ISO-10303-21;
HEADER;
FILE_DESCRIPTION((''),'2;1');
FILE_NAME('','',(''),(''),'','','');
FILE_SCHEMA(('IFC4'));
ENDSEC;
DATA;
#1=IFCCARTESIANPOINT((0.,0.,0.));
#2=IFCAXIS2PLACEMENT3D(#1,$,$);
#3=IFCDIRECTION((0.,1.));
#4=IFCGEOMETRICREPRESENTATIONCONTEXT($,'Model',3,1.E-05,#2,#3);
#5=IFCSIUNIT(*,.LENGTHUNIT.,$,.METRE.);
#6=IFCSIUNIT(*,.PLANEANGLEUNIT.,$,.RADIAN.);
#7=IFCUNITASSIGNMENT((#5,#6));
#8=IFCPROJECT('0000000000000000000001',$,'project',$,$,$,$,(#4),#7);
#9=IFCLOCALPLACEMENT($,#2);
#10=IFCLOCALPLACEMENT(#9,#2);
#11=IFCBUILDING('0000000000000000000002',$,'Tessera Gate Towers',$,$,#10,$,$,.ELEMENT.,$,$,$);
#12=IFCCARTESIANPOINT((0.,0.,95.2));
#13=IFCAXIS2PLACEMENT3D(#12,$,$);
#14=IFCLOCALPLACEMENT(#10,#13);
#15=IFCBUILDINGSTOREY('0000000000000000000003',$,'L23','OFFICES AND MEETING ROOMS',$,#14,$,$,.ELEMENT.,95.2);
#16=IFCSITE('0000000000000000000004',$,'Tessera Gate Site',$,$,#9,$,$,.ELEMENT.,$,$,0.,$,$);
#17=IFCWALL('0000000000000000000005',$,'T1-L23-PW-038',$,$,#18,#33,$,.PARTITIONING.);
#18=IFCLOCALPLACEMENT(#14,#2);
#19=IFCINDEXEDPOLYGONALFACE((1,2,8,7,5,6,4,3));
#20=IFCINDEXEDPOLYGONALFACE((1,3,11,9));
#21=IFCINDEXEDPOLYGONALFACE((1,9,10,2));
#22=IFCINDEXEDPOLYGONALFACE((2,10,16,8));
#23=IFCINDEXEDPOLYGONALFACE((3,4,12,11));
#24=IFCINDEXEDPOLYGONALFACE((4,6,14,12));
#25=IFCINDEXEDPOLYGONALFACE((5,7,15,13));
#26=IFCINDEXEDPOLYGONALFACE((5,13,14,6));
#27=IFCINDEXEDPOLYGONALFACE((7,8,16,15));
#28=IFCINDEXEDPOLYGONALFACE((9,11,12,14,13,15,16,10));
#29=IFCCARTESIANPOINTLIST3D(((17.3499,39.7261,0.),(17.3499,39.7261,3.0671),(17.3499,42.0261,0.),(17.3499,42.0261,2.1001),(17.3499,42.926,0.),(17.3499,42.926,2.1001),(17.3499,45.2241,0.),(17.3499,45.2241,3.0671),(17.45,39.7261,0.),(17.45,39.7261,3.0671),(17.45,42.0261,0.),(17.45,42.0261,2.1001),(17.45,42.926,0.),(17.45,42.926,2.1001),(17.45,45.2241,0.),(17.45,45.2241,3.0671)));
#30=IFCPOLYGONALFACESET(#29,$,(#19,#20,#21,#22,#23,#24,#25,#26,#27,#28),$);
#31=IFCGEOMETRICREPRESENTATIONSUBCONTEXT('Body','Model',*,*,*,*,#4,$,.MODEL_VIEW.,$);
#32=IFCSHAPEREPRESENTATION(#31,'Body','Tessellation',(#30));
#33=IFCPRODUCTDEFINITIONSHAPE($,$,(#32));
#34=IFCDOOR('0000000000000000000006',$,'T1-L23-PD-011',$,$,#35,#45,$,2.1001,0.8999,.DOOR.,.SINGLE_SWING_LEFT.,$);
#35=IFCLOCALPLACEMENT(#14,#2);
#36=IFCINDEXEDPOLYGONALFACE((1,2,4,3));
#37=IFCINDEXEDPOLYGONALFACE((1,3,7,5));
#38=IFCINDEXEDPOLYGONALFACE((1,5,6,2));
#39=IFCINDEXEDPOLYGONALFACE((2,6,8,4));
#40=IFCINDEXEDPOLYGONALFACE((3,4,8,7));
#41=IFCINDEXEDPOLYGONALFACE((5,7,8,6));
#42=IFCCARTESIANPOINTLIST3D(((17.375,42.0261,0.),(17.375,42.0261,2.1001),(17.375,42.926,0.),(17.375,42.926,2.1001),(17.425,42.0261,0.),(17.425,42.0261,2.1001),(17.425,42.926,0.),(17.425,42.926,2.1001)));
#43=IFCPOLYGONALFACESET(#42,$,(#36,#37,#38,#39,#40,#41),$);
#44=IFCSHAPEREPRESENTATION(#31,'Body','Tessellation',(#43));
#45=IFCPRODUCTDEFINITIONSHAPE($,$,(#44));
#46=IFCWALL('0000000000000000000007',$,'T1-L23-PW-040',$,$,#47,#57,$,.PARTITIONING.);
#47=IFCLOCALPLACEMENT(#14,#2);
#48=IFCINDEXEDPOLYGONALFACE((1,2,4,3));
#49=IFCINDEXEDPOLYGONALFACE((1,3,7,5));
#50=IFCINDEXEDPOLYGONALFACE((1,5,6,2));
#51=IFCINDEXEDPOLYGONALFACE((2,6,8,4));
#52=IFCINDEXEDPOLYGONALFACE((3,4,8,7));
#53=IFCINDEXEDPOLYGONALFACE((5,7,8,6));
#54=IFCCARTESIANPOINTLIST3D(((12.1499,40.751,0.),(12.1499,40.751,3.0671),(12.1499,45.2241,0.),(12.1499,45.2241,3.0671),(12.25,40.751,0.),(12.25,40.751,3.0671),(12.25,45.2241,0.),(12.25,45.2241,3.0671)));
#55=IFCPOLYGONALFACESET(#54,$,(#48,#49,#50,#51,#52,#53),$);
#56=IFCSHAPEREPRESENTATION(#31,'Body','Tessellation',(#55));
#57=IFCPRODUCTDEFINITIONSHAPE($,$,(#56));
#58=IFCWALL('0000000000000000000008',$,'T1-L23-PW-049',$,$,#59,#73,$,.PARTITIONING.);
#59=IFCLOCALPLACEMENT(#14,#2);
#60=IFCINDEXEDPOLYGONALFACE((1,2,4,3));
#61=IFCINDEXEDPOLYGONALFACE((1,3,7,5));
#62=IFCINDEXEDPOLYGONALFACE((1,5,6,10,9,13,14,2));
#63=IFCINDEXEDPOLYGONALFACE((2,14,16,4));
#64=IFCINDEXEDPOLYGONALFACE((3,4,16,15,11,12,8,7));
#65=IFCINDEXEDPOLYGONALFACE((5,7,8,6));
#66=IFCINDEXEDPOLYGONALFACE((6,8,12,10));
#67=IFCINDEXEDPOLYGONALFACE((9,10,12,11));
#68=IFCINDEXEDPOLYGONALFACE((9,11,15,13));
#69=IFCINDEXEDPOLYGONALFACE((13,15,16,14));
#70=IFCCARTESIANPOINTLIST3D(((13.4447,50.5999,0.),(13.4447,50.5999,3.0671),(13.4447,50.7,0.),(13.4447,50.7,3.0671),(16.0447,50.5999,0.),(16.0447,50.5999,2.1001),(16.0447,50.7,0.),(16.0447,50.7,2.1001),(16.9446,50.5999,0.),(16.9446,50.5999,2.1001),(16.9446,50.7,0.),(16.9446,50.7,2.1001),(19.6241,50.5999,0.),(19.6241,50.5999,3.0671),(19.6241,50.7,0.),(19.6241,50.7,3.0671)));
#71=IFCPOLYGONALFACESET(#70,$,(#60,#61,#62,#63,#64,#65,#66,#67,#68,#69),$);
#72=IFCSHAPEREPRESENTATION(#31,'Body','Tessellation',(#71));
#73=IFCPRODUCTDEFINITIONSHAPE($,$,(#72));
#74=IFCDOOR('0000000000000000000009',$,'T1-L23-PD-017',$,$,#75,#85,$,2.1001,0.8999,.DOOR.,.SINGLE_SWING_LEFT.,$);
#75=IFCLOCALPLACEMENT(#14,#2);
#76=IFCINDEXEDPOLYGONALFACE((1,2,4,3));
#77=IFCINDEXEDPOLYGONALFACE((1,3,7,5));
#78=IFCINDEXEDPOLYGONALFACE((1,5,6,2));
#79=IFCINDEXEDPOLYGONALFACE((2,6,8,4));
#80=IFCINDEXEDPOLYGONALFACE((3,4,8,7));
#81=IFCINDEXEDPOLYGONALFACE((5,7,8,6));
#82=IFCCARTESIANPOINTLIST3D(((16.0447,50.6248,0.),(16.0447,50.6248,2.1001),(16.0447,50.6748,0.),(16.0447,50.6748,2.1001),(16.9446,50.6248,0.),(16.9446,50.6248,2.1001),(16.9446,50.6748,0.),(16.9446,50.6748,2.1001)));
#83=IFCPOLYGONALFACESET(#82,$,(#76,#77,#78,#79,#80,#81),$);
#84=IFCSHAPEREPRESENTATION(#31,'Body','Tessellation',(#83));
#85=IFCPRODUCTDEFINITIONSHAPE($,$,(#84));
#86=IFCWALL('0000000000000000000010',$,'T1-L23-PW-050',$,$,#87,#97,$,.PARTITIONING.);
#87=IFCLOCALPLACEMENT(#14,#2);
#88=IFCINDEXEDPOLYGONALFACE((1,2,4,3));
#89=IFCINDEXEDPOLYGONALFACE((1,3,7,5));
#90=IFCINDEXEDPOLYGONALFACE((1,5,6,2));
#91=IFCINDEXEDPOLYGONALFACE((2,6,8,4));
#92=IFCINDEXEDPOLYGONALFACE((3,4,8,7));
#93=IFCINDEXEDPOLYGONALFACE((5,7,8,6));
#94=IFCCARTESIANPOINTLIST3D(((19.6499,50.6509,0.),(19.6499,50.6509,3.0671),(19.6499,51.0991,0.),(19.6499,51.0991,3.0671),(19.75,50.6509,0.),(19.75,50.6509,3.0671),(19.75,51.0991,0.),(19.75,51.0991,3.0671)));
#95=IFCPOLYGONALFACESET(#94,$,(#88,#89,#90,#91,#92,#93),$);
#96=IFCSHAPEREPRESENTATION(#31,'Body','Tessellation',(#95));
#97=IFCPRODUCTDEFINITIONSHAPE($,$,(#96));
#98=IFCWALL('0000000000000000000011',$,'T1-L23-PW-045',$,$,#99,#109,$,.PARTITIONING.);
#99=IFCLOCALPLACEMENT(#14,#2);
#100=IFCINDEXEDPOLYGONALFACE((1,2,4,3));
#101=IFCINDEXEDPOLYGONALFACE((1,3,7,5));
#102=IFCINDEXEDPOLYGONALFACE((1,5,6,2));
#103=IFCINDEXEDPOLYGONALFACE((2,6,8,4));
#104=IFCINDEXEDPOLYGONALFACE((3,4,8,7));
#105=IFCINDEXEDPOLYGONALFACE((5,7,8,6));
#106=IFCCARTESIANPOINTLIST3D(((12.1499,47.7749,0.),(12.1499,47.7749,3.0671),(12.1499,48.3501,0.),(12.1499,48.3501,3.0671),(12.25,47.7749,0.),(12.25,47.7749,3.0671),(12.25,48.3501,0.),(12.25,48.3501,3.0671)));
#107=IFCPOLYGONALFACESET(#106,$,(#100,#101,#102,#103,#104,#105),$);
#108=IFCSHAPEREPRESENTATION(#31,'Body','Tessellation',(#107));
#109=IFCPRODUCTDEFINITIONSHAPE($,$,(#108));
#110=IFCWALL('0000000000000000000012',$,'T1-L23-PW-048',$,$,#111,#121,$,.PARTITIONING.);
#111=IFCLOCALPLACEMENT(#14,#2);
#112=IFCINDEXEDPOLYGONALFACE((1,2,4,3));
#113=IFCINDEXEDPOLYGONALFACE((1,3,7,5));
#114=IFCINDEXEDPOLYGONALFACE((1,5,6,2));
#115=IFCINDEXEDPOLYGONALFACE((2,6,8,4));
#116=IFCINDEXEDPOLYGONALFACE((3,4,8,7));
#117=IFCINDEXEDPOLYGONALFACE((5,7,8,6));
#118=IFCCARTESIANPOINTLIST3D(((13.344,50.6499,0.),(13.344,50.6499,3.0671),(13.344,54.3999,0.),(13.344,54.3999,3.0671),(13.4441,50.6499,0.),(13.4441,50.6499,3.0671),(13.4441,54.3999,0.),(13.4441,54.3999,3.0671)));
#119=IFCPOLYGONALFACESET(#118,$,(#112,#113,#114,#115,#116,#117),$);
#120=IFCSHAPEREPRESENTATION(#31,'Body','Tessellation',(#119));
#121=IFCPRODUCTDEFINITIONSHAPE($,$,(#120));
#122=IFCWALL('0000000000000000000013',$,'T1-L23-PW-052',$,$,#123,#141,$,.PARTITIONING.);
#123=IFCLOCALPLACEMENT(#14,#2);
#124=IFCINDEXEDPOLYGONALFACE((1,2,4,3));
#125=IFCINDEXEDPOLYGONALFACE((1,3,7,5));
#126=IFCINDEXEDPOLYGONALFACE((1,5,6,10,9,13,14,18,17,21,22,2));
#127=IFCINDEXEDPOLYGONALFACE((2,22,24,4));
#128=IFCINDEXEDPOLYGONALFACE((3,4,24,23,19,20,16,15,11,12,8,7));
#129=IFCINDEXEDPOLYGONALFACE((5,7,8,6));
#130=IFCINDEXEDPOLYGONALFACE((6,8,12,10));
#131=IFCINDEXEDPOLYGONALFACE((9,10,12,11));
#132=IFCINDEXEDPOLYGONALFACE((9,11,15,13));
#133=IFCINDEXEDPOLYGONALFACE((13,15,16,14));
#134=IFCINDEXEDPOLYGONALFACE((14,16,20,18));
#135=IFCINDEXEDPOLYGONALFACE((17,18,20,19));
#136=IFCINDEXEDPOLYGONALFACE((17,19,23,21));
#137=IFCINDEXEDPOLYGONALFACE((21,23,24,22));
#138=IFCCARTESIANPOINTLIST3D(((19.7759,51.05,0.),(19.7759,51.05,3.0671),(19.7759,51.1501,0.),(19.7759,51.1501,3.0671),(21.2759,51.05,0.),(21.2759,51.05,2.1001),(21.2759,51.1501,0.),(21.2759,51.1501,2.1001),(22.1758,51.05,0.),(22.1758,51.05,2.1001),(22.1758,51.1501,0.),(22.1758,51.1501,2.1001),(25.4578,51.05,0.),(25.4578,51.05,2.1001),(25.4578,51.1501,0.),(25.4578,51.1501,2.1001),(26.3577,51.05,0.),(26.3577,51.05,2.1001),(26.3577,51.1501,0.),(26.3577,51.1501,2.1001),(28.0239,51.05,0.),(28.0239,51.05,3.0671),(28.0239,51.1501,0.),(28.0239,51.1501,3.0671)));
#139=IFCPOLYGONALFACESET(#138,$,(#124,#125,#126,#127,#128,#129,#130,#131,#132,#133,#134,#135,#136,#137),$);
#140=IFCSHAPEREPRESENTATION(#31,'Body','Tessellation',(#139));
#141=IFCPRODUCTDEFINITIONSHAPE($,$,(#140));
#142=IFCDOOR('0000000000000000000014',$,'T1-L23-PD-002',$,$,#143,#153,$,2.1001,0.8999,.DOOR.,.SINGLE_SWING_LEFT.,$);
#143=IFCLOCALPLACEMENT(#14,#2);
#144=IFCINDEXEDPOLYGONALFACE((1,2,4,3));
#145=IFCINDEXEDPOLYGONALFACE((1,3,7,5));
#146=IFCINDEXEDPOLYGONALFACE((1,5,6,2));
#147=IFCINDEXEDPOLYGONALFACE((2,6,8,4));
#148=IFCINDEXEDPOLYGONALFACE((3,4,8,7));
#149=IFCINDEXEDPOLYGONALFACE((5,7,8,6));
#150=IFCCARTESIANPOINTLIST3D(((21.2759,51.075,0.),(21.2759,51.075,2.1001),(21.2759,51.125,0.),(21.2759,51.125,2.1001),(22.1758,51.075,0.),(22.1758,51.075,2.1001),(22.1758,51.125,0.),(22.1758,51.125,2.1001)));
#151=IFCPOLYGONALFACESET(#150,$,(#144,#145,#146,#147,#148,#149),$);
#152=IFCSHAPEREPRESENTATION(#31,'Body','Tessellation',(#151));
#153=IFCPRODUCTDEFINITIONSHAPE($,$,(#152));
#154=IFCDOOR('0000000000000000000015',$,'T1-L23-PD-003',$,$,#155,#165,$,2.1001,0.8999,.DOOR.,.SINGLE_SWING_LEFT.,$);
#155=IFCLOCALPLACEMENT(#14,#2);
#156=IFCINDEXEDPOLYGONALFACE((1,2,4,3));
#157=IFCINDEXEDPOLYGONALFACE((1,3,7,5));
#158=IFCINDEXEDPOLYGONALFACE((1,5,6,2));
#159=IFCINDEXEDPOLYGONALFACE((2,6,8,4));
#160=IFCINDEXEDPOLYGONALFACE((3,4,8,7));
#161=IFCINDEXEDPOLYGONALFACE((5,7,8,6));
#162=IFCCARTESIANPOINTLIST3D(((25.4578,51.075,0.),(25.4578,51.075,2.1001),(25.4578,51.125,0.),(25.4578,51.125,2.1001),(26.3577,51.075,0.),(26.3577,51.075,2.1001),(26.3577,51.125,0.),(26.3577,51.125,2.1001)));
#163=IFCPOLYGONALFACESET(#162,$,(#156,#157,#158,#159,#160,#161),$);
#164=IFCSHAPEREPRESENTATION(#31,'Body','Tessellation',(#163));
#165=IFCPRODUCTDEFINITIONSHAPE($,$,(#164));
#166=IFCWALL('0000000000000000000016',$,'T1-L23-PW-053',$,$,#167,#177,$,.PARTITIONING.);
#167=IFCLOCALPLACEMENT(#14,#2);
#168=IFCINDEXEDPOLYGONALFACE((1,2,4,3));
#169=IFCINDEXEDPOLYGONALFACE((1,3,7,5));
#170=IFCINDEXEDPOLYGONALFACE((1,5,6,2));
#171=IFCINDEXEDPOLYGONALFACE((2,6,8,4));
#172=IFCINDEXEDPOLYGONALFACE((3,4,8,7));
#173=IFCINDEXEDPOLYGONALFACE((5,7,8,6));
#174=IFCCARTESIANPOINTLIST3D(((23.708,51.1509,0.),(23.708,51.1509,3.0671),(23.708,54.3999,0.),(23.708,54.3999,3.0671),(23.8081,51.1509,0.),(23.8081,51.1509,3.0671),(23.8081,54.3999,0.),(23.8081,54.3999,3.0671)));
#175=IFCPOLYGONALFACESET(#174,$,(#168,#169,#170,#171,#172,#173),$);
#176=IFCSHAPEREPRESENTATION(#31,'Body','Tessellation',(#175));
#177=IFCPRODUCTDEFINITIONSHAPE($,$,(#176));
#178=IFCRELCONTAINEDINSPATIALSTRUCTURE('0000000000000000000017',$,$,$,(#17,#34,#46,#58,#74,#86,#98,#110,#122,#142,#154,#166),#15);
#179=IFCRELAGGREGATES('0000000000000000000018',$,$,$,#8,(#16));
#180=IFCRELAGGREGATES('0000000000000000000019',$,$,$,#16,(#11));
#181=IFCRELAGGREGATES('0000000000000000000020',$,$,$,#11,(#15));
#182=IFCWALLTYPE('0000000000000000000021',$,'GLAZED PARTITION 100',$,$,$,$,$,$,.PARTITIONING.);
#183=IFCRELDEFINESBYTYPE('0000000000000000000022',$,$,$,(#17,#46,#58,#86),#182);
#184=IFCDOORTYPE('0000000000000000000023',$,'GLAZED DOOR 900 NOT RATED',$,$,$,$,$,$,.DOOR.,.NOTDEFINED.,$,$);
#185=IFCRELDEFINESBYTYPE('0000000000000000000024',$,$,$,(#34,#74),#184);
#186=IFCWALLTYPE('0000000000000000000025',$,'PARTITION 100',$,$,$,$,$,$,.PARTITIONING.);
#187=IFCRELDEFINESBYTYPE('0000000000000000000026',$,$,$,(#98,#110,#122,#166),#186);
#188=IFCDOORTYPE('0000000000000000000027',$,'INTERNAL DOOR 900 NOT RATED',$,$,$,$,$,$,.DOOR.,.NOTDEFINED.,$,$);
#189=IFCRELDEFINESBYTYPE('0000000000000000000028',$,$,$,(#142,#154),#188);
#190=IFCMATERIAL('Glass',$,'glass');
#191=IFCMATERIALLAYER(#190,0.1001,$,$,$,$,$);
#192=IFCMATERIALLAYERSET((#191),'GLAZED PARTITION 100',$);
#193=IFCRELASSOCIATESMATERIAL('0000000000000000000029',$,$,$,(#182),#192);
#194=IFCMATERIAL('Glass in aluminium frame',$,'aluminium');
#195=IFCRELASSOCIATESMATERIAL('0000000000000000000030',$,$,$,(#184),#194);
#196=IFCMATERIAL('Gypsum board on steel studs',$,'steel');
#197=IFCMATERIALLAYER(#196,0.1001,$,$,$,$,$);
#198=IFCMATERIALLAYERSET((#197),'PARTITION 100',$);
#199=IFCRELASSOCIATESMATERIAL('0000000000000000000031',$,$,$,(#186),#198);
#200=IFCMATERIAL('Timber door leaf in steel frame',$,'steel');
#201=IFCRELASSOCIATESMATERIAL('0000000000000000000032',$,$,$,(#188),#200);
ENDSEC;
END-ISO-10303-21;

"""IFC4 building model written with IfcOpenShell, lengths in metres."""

from ifc_helpers import new_model, si_unit, direction, frame, frame_2d, origin, place, context, subcontext, project, spatial, rectangle, extrude, source, transform, mapped, material, layer, layer_set, type_object, element, fill, save


model = new_model("IFC4")

# Units and contexts
model_context = context("Model", 3, precision=1e-05, world=origin(), true_north=direction((0.0, 1.0)))
body_context = subcontext(model_context, "Body", "Model", "MODEL_VIEW")
ifc_project = project(units=[si_unit("LENGTHUNIT", "METRE"), si_unit("PLANEANGLEUNIT", "RADIAN")], contexts=[model_context])

# Site, building, storey
site_placement = place(None, origin())
site = spatial("IfcSite", under=ifc_project, at=site_placement, Name="Tessera Gate Site", CompositionType="ELEMENT", RefElevation=0.0)
building_placement = place(site_placement, origin())
building = spatial("IfcBuilding", under=site, at=building_placement, Name="Tessera Gate Towers", CompositionType="ELEMENT")
storey_placement = place(building_placement, frame((0.0, 0.0, 95.2)))
storey = spatial("IfcBuildingStorey", under=building, at=storey_placement, Name="L23", Description="OFFICES AND MEETING ROOMS", CompositionType="ELEMENT", Elevation=95.2)

# Shared definitions
ifc_material_1 = material(Name="Glass", Category="glass")
ifc_layer_1 = layer(ifc_material_1, 0.1001)
ifc_layer_set_1 = layer_set([ifc_layer_1], Name="GLAZED PARTITION 100")
wall_type_1 = type_object("IfcWallType", Name="GLAZED PARTITION 100", PredefinedType="PARTITIONING", material=ifc_layer_set_1)

# Wall, opening, door
wall_1_placement = place(storey_placement, frame((17.3999, 39.7261, 0.0), z_axis=(0.0, 0.0, 1.0), x_axis=(0.0, 1.0, 0.0)))
wall_1 = element("IfcWall", 1, at=wall_1_placement, inside=storey, type_object=wall_type_1, Name="T1-L23-PW-038", PredefinedType="PARTITIONING", context=body_context, shape_type="SweptSolid", body=[
    extrude(rectangle(XDim=5.498, YDim=0.1001, at=frame_2d((2.749, 0.0))), origin(), (0.0, 0.0, 1.0), 3.0671),
])
shared_shape_1 = source(origin(), body_context, "Body", "SweptSolid", [
    extrude(rectangle(XDim=0.8999, YDim=2.1001, at=frame_2d((0.45, 1.05))), frame((0.0, 0.0601, 0.0), z_axis=(0.0, -1.0, 0.0), x_axis=(1.0, 0.0, 0.0)), (0.0, 0.0, 1.0), 0.1201),
])
opening_1_placement = place(wall_1_placement, frame((2.3, 0.0, 0.0)))
opening_1 = element("IfcOpeningElement", 2, at=opening_1_placement, cuts=wall_1, PredefinedType="OPENING", context=body_context, shape_type="MappedRepresentation", body=[
    mapped(shared_shape_1, transform((0.0, 0.0, 0.0), scale=1.0)),
])
ifc_material_2 = material(Name="Glass in aluminium frame", Category="aluminium")
door_type_1 = type_object("IfcDoorType", Name="GLAZED DOOR 900 NOT RATED", OperationType="NOTDEFINED", PredefinedType="DOOR", material=ifc_material_2)
shared_shape_2 = source(origin(), body_context, "Body", "SweptSolid", [
    extrude(rectangle(XDim=0.8999, YDim=2.1001, at=frame_2d((0.45, 1.05))), frame((0.0, 0.0249, 0.0), z_axis=(0.0, -1.0, 0.0), x_axis=(1.0, 0.0, 0.0)), (0.0, 0.0, 1.0), 0.05),
])
door_1_placement = place(opening_1_placement, origin())
door_1 = element("IfcDoor", 3, at=door_1_placement, inside=storey, type_object=door_type_1, Name="T1-L23-PD-011", OperationType="SINGLE_SWING_LEFT", OverallHeight=2.1001, OverallWidth=0.8999, PredefinedType="DOOR", context=body_context, shape_type="MappedRepresentation", body=[
    mapped(shared_shape_2, transform((0.0, 0.0, 0.0), scale=1.0)),
])
fill(opening_1, door_1)

# Wall
wall_2_placement = place(storey_placement, frame((12.2, 40.751, 0.0), z_axis=(0.0, 0.0, 1.0), x_axis=(0.0, 1.0, 0.0)))
element("IfcWall", 4, at=wall_2_placement, inside=storey, type_object=wall_type_1, Name="T1-L23-PW-040", PredefinedType="PARTITIONING", context=body_context, shape_type="SweptSolid", body=[
    extrude(rectangle(XDim=4.4731, YDim=0.1001, at=frame_2d((2.2366, 0.0))), origin(), (0.0, 0.0, 1.0), 3.0671),
])

# Wall, opening, door
wall_3_placement = place(storey_placement, frame((13.4446, 50.6499, 0.0), z_axis=(0.0, 0.0, 1.0), x_axis=(1.0, 0.0, 0.0)))
wall_3 = element("IfcWall", 5, at=wall_3_placement, inside=storey, type_object=wall_type_1, Name="T1-L23-PW-049", PredefinedType="PARTITIONING", context=body_context, shape_type="SweptSolid", body=[
    extrude(rectangle(XDim=6.1794, YDim=0.1001, at=frame_2d((3.0898, 0.0))), origin(), (0.0, 0.0, 1.0), 3.0671),
])
opening_2_placement = place(wall_3_placement, frame((2.6001, 0.0, 0.0)))
opening_2 = element("IfcOpeningElement", 6, at=opening_2_placement, cuts=wall_3, PredefinedType="OPENING", context=body_context, shape_type="MappedRepresentation", body=[
    mapped(shared_shape_1, transform((0.0, 0.0, 0.0), scale=1.0)),
])
door_2_placement = place(opening_2_placement, origin())
door_2 = element("IfcDoor", 7, at=door_2_placement, inside=storey, type_object=door_type_1, Name="T1-L23-PD-017", OperationType="SINGLE_SWING_LEFT", OverallHeight=2.1001, OverallWidth=0.8999, PredefinedType="DOOR", context=body_context, shape_type="MappedRepresentation", body=[
    mapped(shared_shape_2, transform((0.0, 0.0, 0.0), scale=1.0)),
])
fill(opening_2, door_2)

# Walls
wall_4_placement = place(storey_placement, frame((19.7, 50.6509, 0.0), z_axis=(0.0, 0.0, 1.0), x_axis=(0.0, 1.0, 0.0)))
element("IfcWall", 8, at=wall_4_placement, inside=storey, type_object=wall_type_1, Name="T1-L23-PW-050", PredefinedType="PARTITIONING", context=body_context, shape_type="SweptSolid", body=[
    extrude(rectangle(XDim=0.4482, YDim=0.1001, at=frame_2d((0.2241, 0.0))), origin(), (0.0, 0.0, 1.0), 3.0671),
])
ifc_material_3 = material(Name="Gypsum board on steel studs", Category="steel")
ifc_layer_2 = layer(ifc_material_3, 0.1001)
ifc_layer_set_2 = layer_set([ifc_layer_2], Name="PARTITION 100")
wall_type_2 = type_object("IfcWallType", Name="PARTITION 100", PredefinedType="PARTITIONING", material=ifc_layer_set_2)
wall_5_placement = place(storey_placement, frame((12.2, 48.3501, 0.0), z_axis=(0.0, 0.0, 1.0), x_axis=(0.0, -1.0, 0.0)))
element("IfcWall", 9, at=wall_5_placement, inside=storey, type_object=wall_type_2, Name="T1-L23-PW-045", PredefinedType="PARTITIONING", context=body_context, shape_type="SweptSolid", body=[
    extrude(rectangle(XDim=0.5752, YDim=0.1001, at=frame_2d((0.2876, 0.0))), origin(), (0.0, 0.0, 1.0), 3.0671),
])
wall_6_placement = place(storey_placement, frame((13.394, 50.6499, 0.0), z_axis=(0.0, 0.0, 1.0), x_axis=(0.0, 1.0, 0.0)))
element("IfcWall", 10, at=wall_6_placement, inside=storey, type_object=wall_type_2, Name="T1-L23-PW-048", PredefinedType="PARTITIONING", context=body_context, shape_type="SweptSolid", body=[
    extrude(rectangle(XDim=3.75, YDim=0.1001, at=frame_2d((1.875, 0.0))), origin(), (0.0, 0.0, 1.0), 3.0671),
])

# Wall, openings, doors
wall_7_placement = place(storey_placement, frame((19.7759, 51.1001, 0.0), z_axis=(0.0, 0.0, 1.0), x_axis=(1.0, 0.0, 0.0)))
wall_7 = element("IfcWall", 11, at=wall_7_placement, inside=storey, type_object=wall_type_2, Name="T1-L23-PW-052", PredefinedType="PARTITIONING", context=body_context, shape_type="SweptSolid", body=[
    extrude(rectangle(XDim=8.248, YDim=0.1001, at=frame_2d((4.124, 0.0))), origin(), (0.0, 0.0, 1.0), 3.0671),
])
opening_3_placement = place(wall_7_placement, frame((1.5, 0.0, 0.0)))
opening_3 = element("IfcOpeningElement", 12, at=opening_3_placement, cuts=wall_7, PredefinedType="OPENING", context=body_context, shape_type="MappedRepresentation", body=[
    mapped(shared_shape_1, transform((0.0, 0.0, 0.0), scale=1.0)),
])
opening_4_placement = place(wall_7_placement, frame((5.6819, 0.0, 0.0)))
opening_4 = element("IfcOpeningElement", 13, at=opening_4_placement, cuts=wall_7, PredefinedType="OPENING", context=body_context, shape_type="MappedRepresentation", body=[
    mapped(shared_shape_1, transform((0.0, 0.0, 0.0), scale=1.0)),
])
ifc_material_4 = material(Name="Timber door leaf in steel frame", Category="steel")
door_type_2 = type_object("IfcDoorType", Name="INTERNAL DOOR 900 NOT RATED", OperationType="NOTDEFINED", PredefinedType="DOOR", material=ifc_material_4)
door_3_placement = place(opening_3_placement, origin())
door_3 = element("IfcDoor", 14, at=door_3_placement, inside=storey, type_object=door_type_2, Name="T1-L23-PD-002", OperationType="SINGLE_SWING_LEFT", OverallHeight=2.1001, OverallWidth=0.8999, PredefinedType="DOOR", context=body_context, shape_type="MappedRepresentation", body=[
    mapped(shared_shape_2, transform((0.0, 0.0, 0.0), scale=1.0)),
])
fill(opening_3, door_3)
door_4_placement = place(opening_4_placement, origin())
door_4 = element("IfcDoor", 15, at=door_4_placement, inside=storey, type_object=door_type_2, Name="T1-L23-PD-003", OperationType="SINGLE_SWING_LEFT", OverallHeight=2.1001, OverallWidth=0.8999, PredefinedType="DOOR", context=body_context, shape_type="MappedRepresentation", body=[
    mapped(shared_shape_2, transform((0.0, 0.0, 0.0), scale=1.0)),
])
fill(opening_4, door_4)

# Wall
wall_8_placement = place(storey_placement, frame((23.7581, 51.1509, 0.0), z_axis=(0.0, 0.0, 1.0), x_axis=(0.0, 1.0, 0.0)))
element("IfcWall", 16, at=wall_8_placement, inside=storey, type_object=wall_type_2, Name="T1-L23-PW-053", PredefinedType="PARTITIONING", context=body_context, shape_type="SweptSolid", body=[
    extrude(rectangle(XDim=3.249, YDim=0.1001, at=frame_2d((1.6245, 0.0))), origin(), (0.0, 0.0, 1.0), 3.0671),
])

save(model, "model.ifc")
